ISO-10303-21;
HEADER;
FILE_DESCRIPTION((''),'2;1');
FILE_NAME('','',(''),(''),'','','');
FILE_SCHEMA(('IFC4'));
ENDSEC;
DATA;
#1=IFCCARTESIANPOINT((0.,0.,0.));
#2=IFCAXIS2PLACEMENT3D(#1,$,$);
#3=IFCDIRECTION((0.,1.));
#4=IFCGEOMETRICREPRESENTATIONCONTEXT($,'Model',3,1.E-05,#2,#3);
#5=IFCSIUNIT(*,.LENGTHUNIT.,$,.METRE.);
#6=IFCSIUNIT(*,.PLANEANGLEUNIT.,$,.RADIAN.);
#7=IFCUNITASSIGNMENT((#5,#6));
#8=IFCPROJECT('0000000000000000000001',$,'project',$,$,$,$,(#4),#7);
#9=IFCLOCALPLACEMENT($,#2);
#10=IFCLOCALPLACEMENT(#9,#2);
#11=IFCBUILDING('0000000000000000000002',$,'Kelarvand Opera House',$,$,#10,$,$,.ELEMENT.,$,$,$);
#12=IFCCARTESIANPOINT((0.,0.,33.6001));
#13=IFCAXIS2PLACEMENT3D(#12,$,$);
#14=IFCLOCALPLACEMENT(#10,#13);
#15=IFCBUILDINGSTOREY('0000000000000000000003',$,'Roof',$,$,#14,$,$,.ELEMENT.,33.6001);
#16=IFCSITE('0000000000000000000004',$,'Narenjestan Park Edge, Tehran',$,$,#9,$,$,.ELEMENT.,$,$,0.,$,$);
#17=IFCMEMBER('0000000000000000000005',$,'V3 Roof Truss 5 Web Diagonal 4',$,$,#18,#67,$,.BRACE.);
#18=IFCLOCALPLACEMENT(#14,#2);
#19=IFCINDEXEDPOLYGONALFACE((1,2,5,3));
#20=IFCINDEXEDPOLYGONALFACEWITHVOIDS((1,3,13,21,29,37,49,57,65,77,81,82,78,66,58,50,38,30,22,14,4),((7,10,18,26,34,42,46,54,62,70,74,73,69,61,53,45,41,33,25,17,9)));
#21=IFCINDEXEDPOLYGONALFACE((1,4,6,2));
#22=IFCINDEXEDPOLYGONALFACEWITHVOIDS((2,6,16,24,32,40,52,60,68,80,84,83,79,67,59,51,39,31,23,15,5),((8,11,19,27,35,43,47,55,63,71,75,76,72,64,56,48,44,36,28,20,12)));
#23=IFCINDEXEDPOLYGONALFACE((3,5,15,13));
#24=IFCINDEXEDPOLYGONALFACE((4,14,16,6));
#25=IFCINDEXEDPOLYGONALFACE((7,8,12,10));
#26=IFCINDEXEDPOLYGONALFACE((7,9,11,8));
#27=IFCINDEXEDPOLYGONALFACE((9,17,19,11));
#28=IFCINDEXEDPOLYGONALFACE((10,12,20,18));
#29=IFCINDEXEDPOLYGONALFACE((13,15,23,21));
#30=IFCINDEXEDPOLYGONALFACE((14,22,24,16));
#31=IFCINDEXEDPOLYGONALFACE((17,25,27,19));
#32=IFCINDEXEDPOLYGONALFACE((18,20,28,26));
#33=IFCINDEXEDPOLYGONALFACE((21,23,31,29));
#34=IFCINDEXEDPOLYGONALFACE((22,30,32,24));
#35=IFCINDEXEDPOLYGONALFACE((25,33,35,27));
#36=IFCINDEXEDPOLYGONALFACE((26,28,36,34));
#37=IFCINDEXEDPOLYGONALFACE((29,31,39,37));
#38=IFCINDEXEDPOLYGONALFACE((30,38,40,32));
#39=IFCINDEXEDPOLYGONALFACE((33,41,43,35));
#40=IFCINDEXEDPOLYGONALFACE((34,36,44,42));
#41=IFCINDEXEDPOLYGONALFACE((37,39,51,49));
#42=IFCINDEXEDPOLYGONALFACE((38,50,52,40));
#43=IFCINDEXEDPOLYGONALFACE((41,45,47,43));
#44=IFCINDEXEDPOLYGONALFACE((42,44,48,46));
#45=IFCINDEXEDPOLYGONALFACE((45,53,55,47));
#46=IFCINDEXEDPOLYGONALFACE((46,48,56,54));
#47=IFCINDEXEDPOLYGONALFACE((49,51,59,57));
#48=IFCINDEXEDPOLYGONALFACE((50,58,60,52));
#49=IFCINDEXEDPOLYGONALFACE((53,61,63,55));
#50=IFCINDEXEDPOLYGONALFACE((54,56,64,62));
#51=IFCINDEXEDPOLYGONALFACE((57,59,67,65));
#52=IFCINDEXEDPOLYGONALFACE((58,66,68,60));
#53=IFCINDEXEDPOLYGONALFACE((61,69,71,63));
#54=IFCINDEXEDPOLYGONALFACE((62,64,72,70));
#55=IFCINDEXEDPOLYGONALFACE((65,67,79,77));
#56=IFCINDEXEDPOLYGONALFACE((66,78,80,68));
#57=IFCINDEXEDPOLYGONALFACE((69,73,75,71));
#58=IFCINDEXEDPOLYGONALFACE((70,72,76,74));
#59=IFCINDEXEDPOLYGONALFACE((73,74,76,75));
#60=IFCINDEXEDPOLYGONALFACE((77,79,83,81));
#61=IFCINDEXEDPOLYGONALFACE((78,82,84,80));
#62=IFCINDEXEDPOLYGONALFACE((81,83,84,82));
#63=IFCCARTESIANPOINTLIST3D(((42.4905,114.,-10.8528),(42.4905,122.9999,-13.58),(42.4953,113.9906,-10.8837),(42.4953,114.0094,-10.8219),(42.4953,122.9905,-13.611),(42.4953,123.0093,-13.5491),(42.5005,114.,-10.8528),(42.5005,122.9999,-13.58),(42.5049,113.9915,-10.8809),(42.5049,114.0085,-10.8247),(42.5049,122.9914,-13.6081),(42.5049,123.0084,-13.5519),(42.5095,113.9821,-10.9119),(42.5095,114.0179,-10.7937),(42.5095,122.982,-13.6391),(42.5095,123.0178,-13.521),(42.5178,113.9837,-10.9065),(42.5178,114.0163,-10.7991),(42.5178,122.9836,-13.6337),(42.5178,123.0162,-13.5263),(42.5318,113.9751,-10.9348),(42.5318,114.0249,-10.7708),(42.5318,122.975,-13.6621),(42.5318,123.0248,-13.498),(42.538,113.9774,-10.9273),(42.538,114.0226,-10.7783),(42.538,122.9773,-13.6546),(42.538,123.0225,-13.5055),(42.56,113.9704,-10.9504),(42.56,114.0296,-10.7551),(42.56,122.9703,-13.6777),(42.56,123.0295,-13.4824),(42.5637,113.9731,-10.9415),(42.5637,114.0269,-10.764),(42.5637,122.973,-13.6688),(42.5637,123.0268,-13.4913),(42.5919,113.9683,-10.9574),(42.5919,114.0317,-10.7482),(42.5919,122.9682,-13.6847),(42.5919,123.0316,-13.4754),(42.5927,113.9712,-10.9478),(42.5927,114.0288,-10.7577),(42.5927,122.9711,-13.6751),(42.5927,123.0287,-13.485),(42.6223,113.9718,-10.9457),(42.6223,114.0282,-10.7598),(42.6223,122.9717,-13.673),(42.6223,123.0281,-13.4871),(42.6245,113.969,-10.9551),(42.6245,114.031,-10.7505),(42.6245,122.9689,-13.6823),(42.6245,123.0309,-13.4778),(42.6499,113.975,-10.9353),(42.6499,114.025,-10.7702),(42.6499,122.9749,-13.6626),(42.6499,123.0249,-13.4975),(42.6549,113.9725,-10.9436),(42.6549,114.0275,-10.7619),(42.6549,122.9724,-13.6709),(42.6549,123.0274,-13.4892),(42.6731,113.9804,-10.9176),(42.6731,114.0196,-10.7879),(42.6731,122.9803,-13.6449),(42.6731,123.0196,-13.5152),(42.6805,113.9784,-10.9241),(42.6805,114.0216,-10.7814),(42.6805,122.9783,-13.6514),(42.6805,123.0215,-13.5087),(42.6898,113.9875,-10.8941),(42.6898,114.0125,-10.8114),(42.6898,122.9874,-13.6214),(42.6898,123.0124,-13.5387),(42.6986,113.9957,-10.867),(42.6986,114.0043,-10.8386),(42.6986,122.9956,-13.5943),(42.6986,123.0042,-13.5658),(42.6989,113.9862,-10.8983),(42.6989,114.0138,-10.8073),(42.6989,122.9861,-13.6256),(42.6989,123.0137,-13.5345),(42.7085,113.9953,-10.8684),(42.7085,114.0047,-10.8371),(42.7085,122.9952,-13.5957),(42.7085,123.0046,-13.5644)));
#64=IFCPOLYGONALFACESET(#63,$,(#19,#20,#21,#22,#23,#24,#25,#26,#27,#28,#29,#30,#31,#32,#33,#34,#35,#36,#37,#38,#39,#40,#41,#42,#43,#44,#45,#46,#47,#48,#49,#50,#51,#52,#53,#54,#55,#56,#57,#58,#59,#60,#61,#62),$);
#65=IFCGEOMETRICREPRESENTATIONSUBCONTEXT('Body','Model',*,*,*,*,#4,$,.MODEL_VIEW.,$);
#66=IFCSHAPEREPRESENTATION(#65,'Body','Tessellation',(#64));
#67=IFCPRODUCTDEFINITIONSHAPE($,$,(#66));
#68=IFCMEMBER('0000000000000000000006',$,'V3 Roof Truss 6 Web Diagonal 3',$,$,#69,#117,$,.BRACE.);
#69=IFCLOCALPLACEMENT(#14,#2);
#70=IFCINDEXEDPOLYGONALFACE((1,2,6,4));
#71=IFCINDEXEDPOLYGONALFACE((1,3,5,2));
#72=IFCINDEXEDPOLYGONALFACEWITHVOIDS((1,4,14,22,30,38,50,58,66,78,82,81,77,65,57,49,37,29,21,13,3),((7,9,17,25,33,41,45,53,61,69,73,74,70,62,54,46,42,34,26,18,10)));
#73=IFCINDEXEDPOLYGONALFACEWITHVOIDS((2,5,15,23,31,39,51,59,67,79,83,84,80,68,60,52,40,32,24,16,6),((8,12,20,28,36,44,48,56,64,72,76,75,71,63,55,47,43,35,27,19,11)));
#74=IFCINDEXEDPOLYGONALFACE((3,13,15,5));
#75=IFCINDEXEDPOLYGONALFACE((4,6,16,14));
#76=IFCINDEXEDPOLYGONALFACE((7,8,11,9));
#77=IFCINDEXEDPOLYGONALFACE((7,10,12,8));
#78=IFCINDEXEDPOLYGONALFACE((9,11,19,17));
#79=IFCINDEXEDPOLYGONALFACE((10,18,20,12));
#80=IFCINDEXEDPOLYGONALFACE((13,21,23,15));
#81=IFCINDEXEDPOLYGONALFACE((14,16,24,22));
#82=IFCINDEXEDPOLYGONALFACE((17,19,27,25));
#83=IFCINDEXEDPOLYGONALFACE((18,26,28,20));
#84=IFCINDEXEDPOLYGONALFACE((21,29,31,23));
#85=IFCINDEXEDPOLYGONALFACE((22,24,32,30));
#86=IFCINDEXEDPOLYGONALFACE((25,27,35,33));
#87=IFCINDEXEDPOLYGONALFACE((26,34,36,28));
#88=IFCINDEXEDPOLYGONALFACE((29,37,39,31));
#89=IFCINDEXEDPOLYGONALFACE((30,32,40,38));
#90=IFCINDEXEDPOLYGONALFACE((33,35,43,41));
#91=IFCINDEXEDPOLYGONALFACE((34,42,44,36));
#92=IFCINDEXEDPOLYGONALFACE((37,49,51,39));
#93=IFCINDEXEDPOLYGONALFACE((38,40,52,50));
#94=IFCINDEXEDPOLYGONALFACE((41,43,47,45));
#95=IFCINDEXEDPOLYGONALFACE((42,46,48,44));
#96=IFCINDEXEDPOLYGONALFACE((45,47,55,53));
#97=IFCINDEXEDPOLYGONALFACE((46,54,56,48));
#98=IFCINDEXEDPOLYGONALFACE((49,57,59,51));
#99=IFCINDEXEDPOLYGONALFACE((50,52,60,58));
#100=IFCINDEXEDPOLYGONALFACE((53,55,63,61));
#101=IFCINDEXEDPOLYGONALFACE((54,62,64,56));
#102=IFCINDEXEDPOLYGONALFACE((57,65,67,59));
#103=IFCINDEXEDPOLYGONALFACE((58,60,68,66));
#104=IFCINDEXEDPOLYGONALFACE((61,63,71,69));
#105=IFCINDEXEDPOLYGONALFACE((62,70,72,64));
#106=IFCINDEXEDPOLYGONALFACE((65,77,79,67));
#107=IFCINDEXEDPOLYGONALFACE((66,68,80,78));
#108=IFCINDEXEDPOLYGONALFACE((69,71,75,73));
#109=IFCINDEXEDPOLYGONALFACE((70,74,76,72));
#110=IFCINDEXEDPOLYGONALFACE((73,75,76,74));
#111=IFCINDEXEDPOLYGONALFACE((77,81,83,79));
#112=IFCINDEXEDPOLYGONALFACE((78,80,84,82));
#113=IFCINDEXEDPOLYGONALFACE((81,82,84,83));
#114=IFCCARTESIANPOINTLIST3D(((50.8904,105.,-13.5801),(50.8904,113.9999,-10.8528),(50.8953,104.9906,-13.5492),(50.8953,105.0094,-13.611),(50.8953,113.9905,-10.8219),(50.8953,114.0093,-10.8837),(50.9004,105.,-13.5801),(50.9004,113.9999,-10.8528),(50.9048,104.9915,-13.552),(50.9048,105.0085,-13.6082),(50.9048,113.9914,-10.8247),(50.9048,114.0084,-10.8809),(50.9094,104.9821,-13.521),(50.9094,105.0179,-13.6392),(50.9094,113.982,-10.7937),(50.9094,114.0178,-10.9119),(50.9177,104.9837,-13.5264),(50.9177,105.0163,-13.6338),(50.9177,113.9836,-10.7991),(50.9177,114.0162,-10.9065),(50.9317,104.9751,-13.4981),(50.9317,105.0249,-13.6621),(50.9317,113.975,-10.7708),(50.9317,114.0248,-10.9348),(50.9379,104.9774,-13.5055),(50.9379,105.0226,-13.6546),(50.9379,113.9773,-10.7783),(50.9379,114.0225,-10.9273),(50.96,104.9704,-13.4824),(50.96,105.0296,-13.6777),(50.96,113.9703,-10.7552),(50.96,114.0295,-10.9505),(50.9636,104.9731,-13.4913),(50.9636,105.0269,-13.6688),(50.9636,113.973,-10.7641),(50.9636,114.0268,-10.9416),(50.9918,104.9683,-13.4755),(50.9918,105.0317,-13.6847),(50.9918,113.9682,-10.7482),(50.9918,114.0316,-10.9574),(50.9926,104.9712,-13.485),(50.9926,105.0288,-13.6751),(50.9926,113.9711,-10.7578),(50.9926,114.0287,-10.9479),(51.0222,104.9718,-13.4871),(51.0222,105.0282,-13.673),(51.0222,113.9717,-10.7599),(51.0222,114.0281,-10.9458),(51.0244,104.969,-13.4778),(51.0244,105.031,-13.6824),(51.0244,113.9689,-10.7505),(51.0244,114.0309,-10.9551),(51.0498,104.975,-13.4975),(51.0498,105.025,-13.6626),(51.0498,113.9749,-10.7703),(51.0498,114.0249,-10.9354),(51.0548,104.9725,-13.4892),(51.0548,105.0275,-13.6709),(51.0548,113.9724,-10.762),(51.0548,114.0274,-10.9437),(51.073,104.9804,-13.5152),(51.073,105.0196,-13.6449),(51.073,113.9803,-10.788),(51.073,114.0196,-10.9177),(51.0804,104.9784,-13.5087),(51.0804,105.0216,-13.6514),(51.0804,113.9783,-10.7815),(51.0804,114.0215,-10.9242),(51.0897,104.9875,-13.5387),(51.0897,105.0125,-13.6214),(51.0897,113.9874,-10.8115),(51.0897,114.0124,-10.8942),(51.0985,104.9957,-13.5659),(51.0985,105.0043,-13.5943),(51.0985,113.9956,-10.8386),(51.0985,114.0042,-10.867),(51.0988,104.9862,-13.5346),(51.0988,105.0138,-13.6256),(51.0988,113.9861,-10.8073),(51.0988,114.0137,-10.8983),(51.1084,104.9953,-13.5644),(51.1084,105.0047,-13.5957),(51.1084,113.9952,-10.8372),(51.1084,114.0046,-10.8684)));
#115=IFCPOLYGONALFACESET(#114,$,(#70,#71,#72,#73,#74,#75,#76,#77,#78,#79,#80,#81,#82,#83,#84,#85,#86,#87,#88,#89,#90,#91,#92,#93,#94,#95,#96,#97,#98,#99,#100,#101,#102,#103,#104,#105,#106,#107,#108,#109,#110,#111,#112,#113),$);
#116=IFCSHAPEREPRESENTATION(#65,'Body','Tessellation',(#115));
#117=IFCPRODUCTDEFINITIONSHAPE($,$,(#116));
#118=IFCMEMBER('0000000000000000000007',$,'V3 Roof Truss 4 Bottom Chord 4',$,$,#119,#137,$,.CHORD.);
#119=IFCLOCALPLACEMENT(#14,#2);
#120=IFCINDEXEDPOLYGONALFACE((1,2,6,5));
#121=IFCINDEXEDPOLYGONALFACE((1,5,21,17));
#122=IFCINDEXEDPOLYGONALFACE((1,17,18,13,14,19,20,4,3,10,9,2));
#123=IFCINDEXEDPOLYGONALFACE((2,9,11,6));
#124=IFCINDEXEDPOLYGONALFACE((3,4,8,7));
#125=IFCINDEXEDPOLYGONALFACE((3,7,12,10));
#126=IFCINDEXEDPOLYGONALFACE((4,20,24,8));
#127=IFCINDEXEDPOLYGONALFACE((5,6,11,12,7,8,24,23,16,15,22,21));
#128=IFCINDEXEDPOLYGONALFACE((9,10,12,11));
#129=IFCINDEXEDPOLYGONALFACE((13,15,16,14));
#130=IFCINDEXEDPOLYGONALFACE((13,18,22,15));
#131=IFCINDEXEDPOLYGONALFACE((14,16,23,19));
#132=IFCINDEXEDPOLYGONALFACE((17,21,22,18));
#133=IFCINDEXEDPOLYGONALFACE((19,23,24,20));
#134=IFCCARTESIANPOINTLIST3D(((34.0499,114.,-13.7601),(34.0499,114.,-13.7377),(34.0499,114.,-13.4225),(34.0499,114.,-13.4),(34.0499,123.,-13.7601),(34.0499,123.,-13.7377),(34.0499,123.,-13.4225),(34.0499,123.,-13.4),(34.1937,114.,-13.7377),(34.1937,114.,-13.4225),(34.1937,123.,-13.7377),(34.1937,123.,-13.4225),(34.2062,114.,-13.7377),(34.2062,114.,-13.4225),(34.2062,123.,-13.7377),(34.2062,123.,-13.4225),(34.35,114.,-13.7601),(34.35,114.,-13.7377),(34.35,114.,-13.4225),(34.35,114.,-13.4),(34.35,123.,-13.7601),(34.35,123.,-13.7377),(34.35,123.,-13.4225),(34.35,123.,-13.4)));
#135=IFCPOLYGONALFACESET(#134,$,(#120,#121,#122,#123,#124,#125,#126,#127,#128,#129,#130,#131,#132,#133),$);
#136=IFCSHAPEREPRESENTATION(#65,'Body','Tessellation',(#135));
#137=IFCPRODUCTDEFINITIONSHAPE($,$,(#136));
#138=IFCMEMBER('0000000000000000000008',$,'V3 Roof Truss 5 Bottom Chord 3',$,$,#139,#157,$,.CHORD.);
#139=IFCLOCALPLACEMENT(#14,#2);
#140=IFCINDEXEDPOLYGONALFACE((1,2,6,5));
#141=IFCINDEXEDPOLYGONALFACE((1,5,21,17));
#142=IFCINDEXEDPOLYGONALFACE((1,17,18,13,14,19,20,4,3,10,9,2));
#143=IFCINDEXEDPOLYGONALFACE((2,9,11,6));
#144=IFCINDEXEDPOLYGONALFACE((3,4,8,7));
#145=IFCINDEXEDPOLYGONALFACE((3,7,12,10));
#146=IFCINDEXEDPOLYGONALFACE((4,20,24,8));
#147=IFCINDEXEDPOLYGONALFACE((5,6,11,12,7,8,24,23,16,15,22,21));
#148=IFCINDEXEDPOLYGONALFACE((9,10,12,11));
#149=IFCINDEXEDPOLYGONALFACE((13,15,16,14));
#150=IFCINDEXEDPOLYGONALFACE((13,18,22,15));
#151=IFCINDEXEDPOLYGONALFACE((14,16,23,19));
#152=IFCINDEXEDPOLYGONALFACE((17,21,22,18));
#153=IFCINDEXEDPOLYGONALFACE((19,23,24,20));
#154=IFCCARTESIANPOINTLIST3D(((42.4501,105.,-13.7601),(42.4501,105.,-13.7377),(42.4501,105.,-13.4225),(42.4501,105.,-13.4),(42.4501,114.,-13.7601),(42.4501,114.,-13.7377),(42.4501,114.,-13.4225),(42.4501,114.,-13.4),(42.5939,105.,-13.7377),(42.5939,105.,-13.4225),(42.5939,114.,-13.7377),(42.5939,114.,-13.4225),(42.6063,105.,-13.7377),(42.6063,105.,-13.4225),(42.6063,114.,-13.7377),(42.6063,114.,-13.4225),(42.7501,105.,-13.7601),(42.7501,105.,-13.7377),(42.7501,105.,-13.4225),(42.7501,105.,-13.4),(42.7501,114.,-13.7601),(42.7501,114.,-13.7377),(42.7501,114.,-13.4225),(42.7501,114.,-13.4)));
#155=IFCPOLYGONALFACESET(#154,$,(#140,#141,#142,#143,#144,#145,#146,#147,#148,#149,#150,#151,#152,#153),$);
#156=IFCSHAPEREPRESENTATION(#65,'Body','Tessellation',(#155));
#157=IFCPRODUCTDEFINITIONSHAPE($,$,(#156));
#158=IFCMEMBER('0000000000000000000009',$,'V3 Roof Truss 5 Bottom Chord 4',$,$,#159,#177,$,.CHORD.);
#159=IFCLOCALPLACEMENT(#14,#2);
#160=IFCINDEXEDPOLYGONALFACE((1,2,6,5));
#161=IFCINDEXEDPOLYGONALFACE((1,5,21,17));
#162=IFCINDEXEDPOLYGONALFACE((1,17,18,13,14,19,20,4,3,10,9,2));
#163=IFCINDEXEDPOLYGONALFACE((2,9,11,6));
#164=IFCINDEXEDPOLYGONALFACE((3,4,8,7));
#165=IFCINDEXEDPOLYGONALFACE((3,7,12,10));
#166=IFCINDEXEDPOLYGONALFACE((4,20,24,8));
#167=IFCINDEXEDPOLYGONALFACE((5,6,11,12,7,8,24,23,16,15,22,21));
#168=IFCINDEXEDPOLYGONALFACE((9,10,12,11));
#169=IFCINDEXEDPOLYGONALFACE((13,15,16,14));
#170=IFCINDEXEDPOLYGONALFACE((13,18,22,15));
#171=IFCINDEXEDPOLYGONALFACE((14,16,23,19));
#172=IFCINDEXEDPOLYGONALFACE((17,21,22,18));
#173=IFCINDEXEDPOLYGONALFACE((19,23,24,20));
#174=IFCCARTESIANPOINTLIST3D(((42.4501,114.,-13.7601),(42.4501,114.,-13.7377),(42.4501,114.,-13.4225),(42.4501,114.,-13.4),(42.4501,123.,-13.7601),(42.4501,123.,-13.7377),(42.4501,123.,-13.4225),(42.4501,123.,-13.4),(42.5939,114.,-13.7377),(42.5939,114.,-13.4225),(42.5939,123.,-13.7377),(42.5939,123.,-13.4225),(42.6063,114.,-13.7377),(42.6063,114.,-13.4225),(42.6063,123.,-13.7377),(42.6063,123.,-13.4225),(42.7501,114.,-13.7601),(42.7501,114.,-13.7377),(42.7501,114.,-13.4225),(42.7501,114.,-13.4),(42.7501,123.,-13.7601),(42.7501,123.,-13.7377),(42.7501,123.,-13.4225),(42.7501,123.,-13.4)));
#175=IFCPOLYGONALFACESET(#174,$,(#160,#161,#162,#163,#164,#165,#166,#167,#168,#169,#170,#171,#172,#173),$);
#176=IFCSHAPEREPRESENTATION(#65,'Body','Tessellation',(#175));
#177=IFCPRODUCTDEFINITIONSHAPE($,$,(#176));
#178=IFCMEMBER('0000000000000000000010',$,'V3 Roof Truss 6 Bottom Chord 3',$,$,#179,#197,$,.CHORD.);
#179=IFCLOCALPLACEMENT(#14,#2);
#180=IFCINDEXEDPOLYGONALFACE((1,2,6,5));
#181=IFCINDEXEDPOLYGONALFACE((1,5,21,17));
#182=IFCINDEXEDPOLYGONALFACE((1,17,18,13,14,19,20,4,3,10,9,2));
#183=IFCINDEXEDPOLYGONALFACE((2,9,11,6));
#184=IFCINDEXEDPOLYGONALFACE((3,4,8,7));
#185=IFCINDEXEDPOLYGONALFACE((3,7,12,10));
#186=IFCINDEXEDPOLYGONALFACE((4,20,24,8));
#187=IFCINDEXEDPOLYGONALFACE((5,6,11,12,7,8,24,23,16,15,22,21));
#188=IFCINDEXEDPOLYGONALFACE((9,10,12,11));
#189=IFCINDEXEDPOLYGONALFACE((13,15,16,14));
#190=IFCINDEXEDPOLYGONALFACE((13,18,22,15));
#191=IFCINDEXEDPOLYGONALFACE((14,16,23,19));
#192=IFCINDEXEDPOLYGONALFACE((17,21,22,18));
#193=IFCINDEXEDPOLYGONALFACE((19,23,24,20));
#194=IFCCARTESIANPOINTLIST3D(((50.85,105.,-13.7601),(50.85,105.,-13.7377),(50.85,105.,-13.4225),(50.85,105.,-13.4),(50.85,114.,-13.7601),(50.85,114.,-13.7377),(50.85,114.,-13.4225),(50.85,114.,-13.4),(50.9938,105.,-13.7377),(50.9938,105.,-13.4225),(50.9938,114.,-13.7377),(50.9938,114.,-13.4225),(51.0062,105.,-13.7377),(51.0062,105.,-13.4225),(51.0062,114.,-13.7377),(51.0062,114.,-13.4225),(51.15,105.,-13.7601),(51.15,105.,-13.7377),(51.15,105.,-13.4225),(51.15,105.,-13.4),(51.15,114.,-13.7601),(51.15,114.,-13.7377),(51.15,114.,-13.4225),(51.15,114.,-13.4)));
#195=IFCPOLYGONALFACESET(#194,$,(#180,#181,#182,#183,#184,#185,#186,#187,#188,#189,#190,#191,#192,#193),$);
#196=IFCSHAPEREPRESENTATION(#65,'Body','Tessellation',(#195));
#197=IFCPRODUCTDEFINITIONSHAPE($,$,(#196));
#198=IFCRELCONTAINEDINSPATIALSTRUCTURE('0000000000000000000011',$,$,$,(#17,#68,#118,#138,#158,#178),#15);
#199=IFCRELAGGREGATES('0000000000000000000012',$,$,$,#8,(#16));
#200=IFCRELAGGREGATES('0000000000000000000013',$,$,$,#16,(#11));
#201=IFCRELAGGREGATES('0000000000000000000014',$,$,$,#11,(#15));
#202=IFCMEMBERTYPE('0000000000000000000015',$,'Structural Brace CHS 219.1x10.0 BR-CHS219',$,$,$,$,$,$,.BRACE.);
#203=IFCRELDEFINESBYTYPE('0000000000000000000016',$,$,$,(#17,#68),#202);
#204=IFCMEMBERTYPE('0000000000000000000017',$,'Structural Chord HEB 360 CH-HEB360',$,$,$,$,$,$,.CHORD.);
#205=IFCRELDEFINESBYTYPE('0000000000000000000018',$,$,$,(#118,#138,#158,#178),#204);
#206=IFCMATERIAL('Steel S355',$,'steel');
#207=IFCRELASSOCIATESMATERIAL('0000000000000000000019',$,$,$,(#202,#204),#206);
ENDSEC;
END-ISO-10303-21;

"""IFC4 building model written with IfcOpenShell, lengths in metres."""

from ifc_helpers import new_model, si_unit, direction, frame, origin, origin_2d, place, context, subcontext, project, spatial, hollow_circle, i_section, extrude, material, material_profile, profile_set, type_object, element, save


model = new_model("IFC4")

# Units and contexts
model_context = context("Model", 3, precision=1e-05, world=origin(), true_north=direction((0.0, 1.0)))
body_context = subcontext(model_context, "Body", "Model", "MODEL_VIEW")
ifc_project = project(units=[si_unit("LENGTHUNIT", "METRE"), si_unit("PLANEANGLEUNIT", "RADIAN")], contexts=[model_context])

# Site, building, storey
site_placement = place(None, origin())
site = spatial("IfcSite", under=ifc_project, at=site_placement, Name="Narenjestan Park Edge, Tehran", CompositionType="ELEMENT", RefElevation=0.0)
building_placement = place(site_placement, origin())
building = spatial("IfcBuilding", under=site, at=building_placement, Name="Kelarvand Opera House", CompositionType="ELEMENT")
storey_placement = place(building_placement, frame((0.0, 0.0, 33.6001)))
storey = spatial("IfcBuildingStorey", under=building, at=storey_placement, Name="Roof", CompositionType="ELEMENT", Elevation=33.6001)

# Members
ifc_material = material(Name="Steel S355", Category="steel")
ifc_material_profile_1 = material_profile(ifc_material, hollow_circle(Radius=0.1096, WallThickness=0.01, at=origin_2d()), Name="CHS 219.1x10.0", Category="steel")
ifc_profile_set_1 = profile_set([ifc_material_profile_1], Name="Steel S355")
member_type_1 = type_object("IfcMemberType", Name="Structural Brace CHS 219.1x10.0 BR-CHS219", PredefinedType="BRACE", material=ifc_profile_set_1)
for number, where, z_axis, x_axis, name in (
    (1, (42.6001, 114.0, -10.8528), (0.0, 0.957024, -0.29001), (-1.0, 0.0, 0.0), "V3 Roof Truss 5 Web Diagonal 4"),
    (2, (51.0, 105.0, -13.5801), (0.0, 0.957024, 0.29001), (-1.0, 0.0, 0.0), "V3 Roof Truss 6 Web Diagonal 3"),
):
    element("IfcMember", number, at=place(storey_placement, frame(where, z_axis=z_axis, x_axis=x_axis)), inside=storey, type_object=member_type_1, Name=name, PredefinedType="BRACE", context=body_context, shape_type="SweptSolid", body=[
        extrude(hollow_circle(Radius=0.1096, WallThickness=0.01, at=origin_2d()), origin(), (0.0, 0.0, 1.0), 9.4041),
    ])
ifc_material_profile_2 = material_profile(ifc_material, i_section(OverallWidth=0.3, OverallDepth=0.3601, WebThickness=0.0125, FlangeThickness=0.0225, at=origin_2d()), Name="HEB 360", Category="steel")
ifc_profile_set_2 = profile_set([ifc_material_profile_2], Name="Steel S355")
member_type_2 = type_object("IfcMemberType", Name="Structural Chord HEB 360 CH-HEB360", PredefinedType="CHORD", material=ifc_profile_set_2)
for number, where, z_axis, x_axis, name in (
    (3, (34.2, 114.0, -13.5801), (0.0, 1.0, 0.0), (-1.0, 0.0, 0.0), "V3 Roof Truss 4 Bottom Chord 4"),
    (4, (42.6001, 105.0, -13.5801), (0.0, 1.0, 0.0), (-1.0, 0.0, 0.0), "V3 Roof Truss 5 Bottom Chord 3"),
    (5, (42.6001, 114.0, -13.5801), (0.0, 1.0, 0.0), (-1.0, 0.0, 0.0), "V3 Roof Truss 5 Bottom Chord 4"),
    (6, (51.0, 105.0, -13.5801), (0.0, 1.0, 0.0), (-1.0, 0.0, 0.0), "V3 Roof Truss 6 Bottom Chord 3"),
):
    element("IfcMember", number, at=place(storey_placement, frame(where, z_axis=z_axis, x_axis=x_axis)), inside=storey, type_object=member_type_2, Name=name, PredefinedType="CHORD", context=body_context, shape_type="SweptSolid", body=[
        extrude(i_section(OverallWidth=0.3, OverallDepth=0.3601, WebThickness=0.0125, FlangeThickness=0.0225, at=origin_2d()), origin(), (0.0, 0.0, 1.0), 9.0),
    ])

save(model, "model.ifc")
